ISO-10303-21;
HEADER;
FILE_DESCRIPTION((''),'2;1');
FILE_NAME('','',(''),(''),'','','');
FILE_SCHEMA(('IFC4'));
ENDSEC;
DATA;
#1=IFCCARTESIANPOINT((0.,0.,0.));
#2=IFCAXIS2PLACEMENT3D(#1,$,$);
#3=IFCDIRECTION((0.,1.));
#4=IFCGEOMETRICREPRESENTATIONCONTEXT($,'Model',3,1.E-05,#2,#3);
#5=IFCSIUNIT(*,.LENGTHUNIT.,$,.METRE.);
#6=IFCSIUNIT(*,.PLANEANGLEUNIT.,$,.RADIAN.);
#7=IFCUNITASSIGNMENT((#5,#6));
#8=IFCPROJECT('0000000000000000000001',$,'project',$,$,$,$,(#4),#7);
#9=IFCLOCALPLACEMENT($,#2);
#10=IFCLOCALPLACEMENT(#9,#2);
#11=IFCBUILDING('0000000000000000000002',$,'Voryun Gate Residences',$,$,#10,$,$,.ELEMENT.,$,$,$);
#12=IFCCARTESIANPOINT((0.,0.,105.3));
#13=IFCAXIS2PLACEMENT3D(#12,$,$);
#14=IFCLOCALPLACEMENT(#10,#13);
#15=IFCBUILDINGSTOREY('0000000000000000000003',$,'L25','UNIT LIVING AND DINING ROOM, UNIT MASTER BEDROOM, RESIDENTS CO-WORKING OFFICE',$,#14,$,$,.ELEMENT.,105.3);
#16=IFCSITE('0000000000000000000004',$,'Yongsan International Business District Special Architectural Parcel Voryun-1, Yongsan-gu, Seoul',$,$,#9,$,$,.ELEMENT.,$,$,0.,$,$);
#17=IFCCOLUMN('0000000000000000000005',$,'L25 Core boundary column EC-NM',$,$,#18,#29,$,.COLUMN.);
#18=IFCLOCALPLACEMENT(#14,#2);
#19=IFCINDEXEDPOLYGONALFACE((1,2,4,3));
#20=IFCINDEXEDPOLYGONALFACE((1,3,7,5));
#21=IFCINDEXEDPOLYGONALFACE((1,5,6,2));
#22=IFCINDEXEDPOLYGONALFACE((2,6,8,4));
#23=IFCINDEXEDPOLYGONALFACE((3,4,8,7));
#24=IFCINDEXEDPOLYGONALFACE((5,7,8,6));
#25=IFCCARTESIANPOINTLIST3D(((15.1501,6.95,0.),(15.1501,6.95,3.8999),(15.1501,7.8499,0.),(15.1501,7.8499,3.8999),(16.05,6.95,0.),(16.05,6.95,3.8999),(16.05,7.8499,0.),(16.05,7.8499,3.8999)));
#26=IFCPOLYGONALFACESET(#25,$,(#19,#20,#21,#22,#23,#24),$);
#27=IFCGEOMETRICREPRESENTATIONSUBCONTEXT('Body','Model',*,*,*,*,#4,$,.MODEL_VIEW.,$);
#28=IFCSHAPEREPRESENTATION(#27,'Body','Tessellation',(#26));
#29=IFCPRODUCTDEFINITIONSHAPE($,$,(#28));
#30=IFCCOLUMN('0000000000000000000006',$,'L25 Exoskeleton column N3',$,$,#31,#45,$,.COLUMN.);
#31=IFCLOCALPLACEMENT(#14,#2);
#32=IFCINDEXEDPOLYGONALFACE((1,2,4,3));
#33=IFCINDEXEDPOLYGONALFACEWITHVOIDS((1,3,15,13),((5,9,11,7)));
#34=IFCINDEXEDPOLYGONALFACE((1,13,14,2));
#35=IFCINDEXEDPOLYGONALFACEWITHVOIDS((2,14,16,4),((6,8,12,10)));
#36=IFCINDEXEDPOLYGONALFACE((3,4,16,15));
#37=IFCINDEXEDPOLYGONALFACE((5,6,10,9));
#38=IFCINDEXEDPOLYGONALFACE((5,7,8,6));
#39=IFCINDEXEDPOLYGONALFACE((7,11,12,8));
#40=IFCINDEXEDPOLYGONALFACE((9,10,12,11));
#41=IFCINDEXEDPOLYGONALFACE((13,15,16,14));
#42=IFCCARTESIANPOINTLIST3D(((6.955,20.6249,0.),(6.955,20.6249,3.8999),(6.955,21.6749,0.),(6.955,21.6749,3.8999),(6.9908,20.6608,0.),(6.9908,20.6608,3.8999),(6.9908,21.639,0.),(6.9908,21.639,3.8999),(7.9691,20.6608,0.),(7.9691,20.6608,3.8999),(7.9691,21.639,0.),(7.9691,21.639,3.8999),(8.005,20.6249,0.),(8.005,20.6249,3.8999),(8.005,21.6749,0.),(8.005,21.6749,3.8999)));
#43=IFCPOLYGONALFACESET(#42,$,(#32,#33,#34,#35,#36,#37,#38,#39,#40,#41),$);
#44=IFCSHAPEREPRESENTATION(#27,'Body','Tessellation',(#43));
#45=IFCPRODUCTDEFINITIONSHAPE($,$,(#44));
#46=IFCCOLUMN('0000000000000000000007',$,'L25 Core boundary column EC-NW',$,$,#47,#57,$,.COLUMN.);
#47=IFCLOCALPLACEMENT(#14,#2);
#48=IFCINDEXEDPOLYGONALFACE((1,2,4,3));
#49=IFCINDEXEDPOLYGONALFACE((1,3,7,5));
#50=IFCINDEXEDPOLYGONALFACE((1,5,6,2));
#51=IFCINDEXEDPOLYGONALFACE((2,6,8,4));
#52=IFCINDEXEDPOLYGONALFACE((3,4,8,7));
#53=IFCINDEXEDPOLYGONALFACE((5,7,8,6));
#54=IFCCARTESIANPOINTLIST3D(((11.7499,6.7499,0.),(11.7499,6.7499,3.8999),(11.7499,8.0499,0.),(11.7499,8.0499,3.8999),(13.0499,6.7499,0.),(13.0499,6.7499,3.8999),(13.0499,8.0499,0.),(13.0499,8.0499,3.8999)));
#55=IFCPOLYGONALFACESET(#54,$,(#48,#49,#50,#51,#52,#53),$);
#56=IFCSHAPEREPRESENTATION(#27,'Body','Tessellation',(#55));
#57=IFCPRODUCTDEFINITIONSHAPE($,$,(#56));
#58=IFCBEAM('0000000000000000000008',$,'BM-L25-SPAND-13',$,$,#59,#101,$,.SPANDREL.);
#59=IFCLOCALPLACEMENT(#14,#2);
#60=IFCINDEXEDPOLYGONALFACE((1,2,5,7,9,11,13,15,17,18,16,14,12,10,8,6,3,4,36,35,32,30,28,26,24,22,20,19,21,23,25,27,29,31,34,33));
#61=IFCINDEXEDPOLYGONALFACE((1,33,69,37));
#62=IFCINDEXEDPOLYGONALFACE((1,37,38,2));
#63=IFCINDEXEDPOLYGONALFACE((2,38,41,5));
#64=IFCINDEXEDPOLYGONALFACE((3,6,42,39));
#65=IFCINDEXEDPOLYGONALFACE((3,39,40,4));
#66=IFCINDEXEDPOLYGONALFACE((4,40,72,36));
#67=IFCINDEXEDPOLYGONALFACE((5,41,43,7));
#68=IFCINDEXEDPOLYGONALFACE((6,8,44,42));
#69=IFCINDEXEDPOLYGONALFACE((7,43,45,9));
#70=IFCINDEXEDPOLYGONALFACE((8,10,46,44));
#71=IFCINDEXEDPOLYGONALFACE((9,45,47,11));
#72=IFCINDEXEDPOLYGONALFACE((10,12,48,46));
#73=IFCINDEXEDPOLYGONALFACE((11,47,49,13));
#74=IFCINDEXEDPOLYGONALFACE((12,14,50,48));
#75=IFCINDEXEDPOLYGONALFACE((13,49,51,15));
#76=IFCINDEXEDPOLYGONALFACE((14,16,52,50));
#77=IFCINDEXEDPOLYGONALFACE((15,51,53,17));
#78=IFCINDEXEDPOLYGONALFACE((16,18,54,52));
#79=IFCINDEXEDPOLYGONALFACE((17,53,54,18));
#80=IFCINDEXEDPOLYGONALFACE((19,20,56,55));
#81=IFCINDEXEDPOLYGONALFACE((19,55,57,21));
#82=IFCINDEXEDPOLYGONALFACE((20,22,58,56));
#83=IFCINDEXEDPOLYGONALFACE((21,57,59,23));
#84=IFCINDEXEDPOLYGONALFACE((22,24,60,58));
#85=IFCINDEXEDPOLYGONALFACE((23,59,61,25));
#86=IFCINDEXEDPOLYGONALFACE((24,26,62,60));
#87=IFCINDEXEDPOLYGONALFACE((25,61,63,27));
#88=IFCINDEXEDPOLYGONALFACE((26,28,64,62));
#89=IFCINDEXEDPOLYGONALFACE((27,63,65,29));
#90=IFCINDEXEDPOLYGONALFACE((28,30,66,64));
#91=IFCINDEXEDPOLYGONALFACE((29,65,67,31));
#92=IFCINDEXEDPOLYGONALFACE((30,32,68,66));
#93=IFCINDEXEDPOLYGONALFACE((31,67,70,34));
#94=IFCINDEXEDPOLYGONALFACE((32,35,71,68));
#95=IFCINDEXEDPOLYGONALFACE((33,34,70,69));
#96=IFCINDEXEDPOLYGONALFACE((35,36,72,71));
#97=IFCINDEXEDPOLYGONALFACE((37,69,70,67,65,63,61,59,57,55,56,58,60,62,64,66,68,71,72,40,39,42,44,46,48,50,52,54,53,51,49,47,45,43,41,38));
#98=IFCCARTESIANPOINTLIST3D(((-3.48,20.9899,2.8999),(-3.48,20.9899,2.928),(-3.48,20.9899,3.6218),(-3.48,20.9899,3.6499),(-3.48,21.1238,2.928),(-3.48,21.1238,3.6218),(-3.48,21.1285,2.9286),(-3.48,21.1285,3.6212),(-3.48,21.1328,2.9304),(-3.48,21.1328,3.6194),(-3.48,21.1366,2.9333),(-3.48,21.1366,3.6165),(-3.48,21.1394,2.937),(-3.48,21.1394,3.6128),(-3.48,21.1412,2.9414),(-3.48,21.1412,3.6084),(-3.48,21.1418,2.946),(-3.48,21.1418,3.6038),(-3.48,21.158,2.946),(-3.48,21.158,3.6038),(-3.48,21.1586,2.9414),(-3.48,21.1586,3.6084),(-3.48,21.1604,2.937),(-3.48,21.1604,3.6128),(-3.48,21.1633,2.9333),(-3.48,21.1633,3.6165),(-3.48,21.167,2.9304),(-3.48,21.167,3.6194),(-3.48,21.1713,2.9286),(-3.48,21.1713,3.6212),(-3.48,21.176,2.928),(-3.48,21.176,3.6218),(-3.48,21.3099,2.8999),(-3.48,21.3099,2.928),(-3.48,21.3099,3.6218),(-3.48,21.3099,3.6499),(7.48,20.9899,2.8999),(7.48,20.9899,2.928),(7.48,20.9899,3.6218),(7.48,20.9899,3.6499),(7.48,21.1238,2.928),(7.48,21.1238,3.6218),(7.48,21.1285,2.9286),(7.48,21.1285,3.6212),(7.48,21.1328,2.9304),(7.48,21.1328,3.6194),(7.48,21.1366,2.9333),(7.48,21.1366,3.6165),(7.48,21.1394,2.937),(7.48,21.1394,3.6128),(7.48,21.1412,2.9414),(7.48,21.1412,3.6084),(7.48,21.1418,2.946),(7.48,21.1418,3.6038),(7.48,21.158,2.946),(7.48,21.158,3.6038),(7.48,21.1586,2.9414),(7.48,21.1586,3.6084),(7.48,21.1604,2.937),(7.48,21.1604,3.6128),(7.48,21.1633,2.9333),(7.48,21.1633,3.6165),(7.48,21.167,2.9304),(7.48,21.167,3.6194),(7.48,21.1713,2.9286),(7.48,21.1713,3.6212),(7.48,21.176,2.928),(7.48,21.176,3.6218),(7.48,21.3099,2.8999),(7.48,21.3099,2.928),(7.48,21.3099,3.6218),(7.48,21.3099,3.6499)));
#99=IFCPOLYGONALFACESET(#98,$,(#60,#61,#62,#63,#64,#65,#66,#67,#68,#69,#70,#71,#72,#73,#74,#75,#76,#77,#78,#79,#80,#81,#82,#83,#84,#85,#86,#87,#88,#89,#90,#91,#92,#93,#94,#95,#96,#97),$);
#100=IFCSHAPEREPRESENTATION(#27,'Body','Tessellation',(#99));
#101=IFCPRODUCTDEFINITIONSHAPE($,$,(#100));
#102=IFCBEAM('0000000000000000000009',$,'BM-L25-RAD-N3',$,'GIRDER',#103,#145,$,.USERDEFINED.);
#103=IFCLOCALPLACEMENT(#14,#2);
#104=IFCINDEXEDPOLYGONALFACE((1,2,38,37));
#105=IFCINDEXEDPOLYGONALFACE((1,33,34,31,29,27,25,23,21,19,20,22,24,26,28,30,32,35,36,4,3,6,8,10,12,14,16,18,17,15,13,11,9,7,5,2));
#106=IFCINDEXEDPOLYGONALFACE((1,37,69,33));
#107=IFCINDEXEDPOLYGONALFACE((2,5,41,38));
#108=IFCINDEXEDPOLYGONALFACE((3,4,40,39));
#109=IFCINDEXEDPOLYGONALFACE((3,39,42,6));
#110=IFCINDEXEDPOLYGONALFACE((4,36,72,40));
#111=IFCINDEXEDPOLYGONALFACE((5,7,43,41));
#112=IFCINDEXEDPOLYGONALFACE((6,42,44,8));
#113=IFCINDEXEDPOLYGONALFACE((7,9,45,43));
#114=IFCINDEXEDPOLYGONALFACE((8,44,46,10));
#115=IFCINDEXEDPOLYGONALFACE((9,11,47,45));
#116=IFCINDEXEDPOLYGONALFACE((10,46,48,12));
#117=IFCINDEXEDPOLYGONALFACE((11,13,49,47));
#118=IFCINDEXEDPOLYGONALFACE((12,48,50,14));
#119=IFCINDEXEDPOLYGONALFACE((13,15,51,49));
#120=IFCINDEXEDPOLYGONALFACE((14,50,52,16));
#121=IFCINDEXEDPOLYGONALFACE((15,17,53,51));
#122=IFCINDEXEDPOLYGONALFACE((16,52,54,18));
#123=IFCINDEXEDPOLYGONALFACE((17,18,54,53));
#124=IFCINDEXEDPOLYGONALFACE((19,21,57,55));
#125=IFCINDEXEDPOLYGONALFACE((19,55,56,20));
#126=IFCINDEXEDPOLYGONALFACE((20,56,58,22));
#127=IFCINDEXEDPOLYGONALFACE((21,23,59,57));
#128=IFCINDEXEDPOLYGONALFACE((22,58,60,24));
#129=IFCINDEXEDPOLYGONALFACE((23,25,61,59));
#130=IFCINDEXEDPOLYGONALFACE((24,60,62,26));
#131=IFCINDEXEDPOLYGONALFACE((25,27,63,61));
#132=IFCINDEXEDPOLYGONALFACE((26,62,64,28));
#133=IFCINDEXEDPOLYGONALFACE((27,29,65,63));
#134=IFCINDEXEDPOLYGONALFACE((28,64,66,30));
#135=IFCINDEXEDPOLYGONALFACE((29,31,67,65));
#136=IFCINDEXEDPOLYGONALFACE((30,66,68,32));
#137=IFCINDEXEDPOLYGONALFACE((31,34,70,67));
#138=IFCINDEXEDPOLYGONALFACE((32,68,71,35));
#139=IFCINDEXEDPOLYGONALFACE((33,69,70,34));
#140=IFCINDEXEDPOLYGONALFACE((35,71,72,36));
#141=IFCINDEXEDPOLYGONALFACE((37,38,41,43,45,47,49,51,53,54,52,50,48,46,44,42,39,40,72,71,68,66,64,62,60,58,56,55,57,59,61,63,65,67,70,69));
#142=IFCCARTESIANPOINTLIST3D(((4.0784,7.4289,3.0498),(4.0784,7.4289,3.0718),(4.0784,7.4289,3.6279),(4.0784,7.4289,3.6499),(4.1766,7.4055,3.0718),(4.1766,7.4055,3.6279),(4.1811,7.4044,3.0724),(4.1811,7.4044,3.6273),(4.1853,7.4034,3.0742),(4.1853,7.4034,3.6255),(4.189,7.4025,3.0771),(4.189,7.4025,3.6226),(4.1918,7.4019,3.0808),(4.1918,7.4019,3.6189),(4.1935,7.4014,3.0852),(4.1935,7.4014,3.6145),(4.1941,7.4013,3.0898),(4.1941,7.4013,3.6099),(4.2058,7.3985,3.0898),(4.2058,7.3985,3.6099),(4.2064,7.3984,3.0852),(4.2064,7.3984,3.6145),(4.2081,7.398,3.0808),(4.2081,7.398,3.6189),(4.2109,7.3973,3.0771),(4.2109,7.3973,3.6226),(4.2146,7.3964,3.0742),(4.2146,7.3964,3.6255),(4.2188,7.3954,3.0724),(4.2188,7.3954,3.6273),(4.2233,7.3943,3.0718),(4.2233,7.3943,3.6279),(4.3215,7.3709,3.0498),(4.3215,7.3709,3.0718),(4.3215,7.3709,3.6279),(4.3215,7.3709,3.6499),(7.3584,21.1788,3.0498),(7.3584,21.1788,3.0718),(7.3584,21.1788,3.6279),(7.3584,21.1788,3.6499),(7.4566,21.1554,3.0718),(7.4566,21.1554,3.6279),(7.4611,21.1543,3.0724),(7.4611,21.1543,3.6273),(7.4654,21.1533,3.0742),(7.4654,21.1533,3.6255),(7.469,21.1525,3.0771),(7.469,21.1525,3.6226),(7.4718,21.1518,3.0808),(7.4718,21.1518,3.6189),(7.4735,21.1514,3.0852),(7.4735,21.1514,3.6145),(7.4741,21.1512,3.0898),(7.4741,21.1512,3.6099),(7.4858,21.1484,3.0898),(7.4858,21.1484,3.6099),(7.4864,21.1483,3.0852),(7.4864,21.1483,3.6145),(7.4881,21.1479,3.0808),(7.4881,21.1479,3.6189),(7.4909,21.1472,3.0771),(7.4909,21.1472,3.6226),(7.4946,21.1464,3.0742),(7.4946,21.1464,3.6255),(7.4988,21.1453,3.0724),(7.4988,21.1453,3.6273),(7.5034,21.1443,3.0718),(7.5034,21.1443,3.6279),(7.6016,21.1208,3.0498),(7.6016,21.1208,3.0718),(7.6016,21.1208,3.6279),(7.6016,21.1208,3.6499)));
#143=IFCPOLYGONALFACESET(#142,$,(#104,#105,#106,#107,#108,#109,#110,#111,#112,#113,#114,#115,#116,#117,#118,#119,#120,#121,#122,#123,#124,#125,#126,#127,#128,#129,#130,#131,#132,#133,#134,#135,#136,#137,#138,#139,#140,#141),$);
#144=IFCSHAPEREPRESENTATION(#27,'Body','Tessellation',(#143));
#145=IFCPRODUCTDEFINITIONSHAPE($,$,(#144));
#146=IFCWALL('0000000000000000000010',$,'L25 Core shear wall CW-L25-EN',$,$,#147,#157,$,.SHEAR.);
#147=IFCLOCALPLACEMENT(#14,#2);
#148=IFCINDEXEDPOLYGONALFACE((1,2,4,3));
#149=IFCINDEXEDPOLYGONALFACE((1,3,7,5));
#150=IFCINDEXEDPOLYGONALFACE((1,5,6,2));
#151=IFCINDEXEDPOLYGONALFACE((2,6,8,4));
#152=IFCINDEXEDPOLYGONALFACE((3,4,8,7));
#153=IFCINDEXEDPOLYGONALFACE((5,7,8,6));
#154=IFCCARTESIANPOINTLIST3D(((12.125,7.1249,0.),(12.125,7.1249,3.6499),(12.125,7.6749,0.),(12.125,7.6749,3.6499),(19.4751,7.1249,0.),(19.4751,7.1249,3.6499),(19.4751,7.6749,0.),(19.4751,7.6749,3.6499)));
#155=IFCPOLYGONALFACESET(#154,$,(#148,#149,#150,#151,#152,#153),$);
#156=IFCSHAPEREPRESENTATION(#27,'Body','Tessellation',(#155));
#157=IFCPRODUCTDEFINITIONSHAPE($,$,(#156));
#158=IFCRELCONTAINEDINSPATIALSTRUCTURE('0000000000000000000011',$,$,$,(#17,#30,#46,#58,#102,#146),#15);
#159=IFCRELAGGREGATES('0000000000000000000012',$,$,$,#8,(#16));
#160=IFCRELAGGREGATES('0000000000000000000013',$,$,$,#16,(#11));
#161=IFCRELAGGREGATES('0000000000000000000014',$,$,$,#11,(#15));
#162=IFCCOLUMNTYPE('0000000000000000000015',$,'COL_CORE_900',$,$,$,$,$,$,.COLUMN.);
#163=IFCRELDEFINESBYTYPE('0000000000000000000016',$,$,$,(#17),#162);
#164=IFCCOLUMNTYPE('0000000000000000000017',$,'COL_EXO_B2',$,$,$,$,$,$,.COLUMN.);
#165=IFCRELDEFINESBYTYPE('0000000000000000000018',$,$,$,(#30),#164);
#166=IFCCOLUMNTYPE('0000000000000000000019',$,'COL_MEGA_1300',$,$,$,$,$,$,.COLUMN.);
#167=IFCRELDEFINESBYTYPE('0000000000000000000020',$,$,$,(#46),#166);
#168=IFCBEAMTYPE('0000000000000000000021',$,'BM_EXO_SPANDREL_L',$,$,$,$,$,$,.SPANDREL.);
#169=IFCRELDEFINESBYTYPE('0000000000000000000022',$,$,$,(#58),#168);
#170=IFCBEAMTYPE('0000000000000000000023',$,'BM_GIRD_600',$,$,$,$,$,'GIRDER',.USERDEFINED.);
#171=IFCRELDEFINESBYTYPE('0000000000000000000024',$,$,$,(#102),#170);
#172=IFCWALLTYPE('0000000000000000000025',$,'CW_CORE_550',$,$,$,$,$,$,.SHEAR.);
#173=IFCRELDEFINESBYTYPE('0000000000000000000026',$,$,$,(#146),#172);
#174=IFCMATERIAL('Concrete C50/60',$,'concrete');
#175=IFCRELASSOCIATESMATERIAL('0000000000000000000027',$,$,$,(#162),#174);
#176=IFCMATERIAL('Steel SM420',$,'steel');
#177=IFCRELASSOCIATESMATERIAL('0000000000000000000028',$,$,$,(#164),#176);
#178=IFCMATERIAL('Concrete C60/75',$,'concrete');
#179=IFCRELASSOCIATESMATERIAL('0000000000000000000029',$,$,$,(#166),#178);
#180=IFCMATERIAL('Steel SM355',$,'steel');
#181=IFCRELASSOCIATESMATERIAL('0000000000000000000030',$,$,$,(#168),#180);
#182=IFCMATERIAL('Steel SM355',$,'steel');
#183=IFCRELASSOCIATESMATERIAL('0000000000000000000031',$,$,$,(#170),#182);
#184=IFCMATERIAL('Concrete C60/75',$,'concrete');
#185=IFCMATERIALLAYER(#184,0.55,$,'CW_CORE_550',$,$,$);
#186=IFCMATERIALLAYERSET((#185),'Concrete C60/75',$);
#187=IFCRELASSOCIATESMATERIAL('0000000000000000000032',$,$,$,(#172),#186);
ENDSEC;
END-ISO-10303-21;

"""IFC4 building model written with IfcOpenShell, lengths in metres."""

from ifc_helpers import new_model, si_unit, direction, frame, frame_2d, origin, origin_2d, place, context, subcontext, project, spatial, rectangle, hollow_rectangle, i_section, extrude, material, layer, layer_set, material_profile, profile_set, type_object, element, save


model = new_model("IFC4")

# Units and contexts
model_context = context("Model", 3, precision=1e-05, world=origin(), true_north=direction((0.0, 1.0)))
body_context = subcontext(model_context, "Body", "Model", "MODEL_VIEW")
ifc_project = project(units=[si_unit("LENGTHUNIT", "METRE"), si_unit("PLANEANGLEUNIT", "RADIAN")], contexts=[model_context])

# Site, building, storey
site_placement = place(None, origin())
site = spatial("IfcSite", under=ifc_project, at=site_placement, Name="Yongsan International Business District Special Architectural Parcel Voryun-1, Yongsan-gu, Seoul", CompositionType="ELEMENT", RefElevation=0.0)
building_placement = place(site_placement, origin())
building = spatial("IfcBuilding", under=site, at=building_placement, Name="Voryun Gate Residences", CompositionType="ELEMENT")
storey_placement = place(building_placement, frame((0.0, 0.0, 105.3)))
storey = spatial("IfcBuildingStorey", under=building, at=storey_placement, Name="L25", Description="UNIT LIVING AND DINING ROOM, UNIT MASTER BEDROOM, RESIDENTS CO-WORKING OFFICE", CompositionType="ELEMENT", Elevation=105.3)

# Columns
ifc_material_1 = material(Name="Concrete C50/60", Category="concrete")
ifc_material_profile_1 = material_profile(ifc_material_1, rectangle(XDim=0.8999, YDim=0.8999, at=origin_2d()), Name="RC-900x900")
ifc_profile_set_1 = profile_set([ifc_material_profile_1], Name="Concrete C50/60")
column_type_1 = type_object("IfcColumnType", Name="COL_CORE_900", PredefinedType="COLUMN", material=ifc_profile_set_1)
column_1_placement = place(storey_placement, frame((15.6001, 7.3999, 0.0), z_axis=(0.0, 0.0, 1.0), x_axis=(1.0, 0.0, 0.0)))
element("IfcColumn", 1, at=column_1_placement, inside=storey, type_object=column_type_1, Name="L25 Core boundary column EC-NM", PredefinedType="COLUMN", context=body_context, shape_type="SweptSolid", body=[
    extrude(rectangle(XDim=0.8999, YDim=0.8999, at=origin_2d()), origin(), (0.0, 0.0, 1.0), 3.8999),
])
ifc_material_2 = material(Name="Steel SM420", Category="steel")
ifc_material_profile_2 = material_profile(ifc_material_2, hollow_rectangle(XDim=1.05, YDim=1.05, WallThickness=0.0359, at=origin_2d()), Name="BOX-1050x1050x36")
ifc_profile_set_2 = profile_set([ifc_material_profile_2], Name="Steel SM420")
column_type_2 = type_object("IfcColumnType", Name="COL_EXO_B2", PredefinedType="COLUMN", material=ifc_profile_set_2)
column_2_placement = place(storey_placement, frame((7.48, 21.1499, 0.0), z_axis=(0.0, 0.0, 1.0), x_axis=(1.0, 0.0, 0.0)))
element("IfcColumn", 2, at=column_2_placement, inside=storey, type_object=column_type_2, Name="L25 Exoskeleton column N3", PredefinedType="COLUMN", context=body_context, shape_type="SweptSolid", body=[
    extrude(hollow_rectangle(XDim=1.05, YDim=1.05, WallThickness=0.0359, at=origin_2d()), origin(), (0.0, 0.0, 1.0), 3.8999),
])
ifc_material_3 = material(Name="Concrete C60/75", Category="concrete")
ifc_material_profile_3 = material_profile(ifc_material_3, rectangle(XDim=1.3, YDim=1.3, at=origin_2d()), Name="RC-1300x1300")
ifc_profile_set_3 = profile_set([ifc_material_profile_3], Name="Concrete C60/75")
column_type_3 = type_object("IfcColumnType", Name="COL_MEGA_1300", PredefinedType="COLUMN", material=ifc_profile_set_3)
column_3_placement = place(storey_placement, frame((12.3999, 7.3999, 0.0), z_axis=(0.0, 0.0, 1.0), x_axis=(1.0, 0.0, 0.0)))
element("IfcColumn", 3, at=column_3_placement, inside=storey, type_object=column_type_3, Name="L25 Core boundary column EC-NW", PredefinedType="COLUMN", context=body_context, shape_type="SweptSolid", body=[
    extrude(rectangle(XDim=1.3, YDim=1.3, at=origin_2d()), origin(), (0.0, 0.0, 1.0), 3.8999),
])

# Beams
ifc_material_4 = material(Name="Steel SM355", Category="steel")
ifc_material_profile_4 = material_profile(ifc_material_4, i_section(OverallWidth=0.3201, OverallDepth=0.75, WebThickness=0.0161, FlangeThickness=0.0281, FilletRadius=0.0181, at=origin_2d()), Name="H-750x320x16x28")
ifc_profile_set_4 = profile_set([ifc_material_profile_4], Name="Steel SM355")
beam_type_1 = type_object("IfcBeamType", Name="BM_EXO_SPANDREL_L", PredefinedType="SPANDREL", material=ifc_profile_set_4)
beam_1_placement = place(storey_placement, frame((7.48, 21.1499, 3.2749), z_axis=(-1.0, 0.0, 0.0), x_axis=(0.0, -1.0, 0.0)))
element("IfcBeam", 4, at=beam_1_placement, inside=storey, type_object=beam_type_1, Name="BM-L25-SPAND-13", PredefinedType="SPANDREL", context=body_context, shape_type="SweptSolid", body=[
    extrude(i_section(OverallWidth=0.3201, OverallDepth=0.75, WebThickness=0.0161, FlangeThickness=0.0281, FilletRadius=0.0181, at=origin_2d()), origin(), (0.0, 0.0, 1.0), 10.96),
])
ifc_material_5 = material(Name="Steel SM355", Category="steel")
ifc_material_profile_5 = material_profile(ifc_material_5, i_section(OverallWidth=0.25, OverallDepth=0.6001, WebThickness=0.012, FlangeThickness=0.022, FilletRadius=0.0181, at=origin_2d()), Name="H-600x250x12x22")
ifc_profile_set_5 = profile_set([ifc_material_profile_5], Name="Steel SM355")
beam_type_2 = type_object("IfcBeamType", Name="BM_GIRD_600", ElementType="GIRDER", PredefinedType="USERDEFINED", material=ifc_profile_set_5)
beam_2_placement = place(storey_placement, frame((4.2, 7.3999, 3.3499), z_axis=(0.232037, 0.972707, 0.0), x_axis=(-0.972707, 0.232037, 0.0)))
element("IfcBeam", 5, at=beam_2_placement, inside=storey, type_object=beam_type_2, Name="BM-L25-RAD-N3", ObjectType="GIRDER", PredefinedType="USERDEFINED", context=body_context, shape_type="SweptSolid", body=[
    extrude(i_section(OverallWidth=0.25, OverallDepth=0.6001, WebThickness=0.012, FlangeThickness=0.022, FilletRadius=0.0181, at=origin_2d()), origin(), (0.0, 0.0, 1.0), 14.1357),
])

# Wall
ifc_material_6 = material(Name="Concrete C60/75", Category="concrete")
ifc_layer_1 = layer(ifc_material_6, 0.55, Name="CW_CORE_550")
ifc_layer_set_1 = layer_set([ifc_layer_1], Name="Concrete C60/75")
wall_type_1 = type_object("IfcWallType", Name="CW_CORE_550", PredefinedType="SHEAR", material=ifc_layer_set_1)
wall_1_placement = place(storey_placement, frame((12.125, 7.3999, 0.0), z_axis=(0.0, 0.0, 1.0), x_axis=(1.0, 0.0, 0.0)))
element("IfcWall", 6, at=wall_1_placement, inside=storey, type_object=wall_type_1, Name="L25 Core shear wall CW-L25-EN", PredefinedType="SHEAR", context=body_context, shape_type="SweptSolid", body=[
    extrude(rectangle(XDim=7.3501, YDim=0.55, at=frame_2d((3.675, 0.0))), origin(), (0.0, 0.0, 1.0), 3.6499),
])

save(model, "model.ifc")
